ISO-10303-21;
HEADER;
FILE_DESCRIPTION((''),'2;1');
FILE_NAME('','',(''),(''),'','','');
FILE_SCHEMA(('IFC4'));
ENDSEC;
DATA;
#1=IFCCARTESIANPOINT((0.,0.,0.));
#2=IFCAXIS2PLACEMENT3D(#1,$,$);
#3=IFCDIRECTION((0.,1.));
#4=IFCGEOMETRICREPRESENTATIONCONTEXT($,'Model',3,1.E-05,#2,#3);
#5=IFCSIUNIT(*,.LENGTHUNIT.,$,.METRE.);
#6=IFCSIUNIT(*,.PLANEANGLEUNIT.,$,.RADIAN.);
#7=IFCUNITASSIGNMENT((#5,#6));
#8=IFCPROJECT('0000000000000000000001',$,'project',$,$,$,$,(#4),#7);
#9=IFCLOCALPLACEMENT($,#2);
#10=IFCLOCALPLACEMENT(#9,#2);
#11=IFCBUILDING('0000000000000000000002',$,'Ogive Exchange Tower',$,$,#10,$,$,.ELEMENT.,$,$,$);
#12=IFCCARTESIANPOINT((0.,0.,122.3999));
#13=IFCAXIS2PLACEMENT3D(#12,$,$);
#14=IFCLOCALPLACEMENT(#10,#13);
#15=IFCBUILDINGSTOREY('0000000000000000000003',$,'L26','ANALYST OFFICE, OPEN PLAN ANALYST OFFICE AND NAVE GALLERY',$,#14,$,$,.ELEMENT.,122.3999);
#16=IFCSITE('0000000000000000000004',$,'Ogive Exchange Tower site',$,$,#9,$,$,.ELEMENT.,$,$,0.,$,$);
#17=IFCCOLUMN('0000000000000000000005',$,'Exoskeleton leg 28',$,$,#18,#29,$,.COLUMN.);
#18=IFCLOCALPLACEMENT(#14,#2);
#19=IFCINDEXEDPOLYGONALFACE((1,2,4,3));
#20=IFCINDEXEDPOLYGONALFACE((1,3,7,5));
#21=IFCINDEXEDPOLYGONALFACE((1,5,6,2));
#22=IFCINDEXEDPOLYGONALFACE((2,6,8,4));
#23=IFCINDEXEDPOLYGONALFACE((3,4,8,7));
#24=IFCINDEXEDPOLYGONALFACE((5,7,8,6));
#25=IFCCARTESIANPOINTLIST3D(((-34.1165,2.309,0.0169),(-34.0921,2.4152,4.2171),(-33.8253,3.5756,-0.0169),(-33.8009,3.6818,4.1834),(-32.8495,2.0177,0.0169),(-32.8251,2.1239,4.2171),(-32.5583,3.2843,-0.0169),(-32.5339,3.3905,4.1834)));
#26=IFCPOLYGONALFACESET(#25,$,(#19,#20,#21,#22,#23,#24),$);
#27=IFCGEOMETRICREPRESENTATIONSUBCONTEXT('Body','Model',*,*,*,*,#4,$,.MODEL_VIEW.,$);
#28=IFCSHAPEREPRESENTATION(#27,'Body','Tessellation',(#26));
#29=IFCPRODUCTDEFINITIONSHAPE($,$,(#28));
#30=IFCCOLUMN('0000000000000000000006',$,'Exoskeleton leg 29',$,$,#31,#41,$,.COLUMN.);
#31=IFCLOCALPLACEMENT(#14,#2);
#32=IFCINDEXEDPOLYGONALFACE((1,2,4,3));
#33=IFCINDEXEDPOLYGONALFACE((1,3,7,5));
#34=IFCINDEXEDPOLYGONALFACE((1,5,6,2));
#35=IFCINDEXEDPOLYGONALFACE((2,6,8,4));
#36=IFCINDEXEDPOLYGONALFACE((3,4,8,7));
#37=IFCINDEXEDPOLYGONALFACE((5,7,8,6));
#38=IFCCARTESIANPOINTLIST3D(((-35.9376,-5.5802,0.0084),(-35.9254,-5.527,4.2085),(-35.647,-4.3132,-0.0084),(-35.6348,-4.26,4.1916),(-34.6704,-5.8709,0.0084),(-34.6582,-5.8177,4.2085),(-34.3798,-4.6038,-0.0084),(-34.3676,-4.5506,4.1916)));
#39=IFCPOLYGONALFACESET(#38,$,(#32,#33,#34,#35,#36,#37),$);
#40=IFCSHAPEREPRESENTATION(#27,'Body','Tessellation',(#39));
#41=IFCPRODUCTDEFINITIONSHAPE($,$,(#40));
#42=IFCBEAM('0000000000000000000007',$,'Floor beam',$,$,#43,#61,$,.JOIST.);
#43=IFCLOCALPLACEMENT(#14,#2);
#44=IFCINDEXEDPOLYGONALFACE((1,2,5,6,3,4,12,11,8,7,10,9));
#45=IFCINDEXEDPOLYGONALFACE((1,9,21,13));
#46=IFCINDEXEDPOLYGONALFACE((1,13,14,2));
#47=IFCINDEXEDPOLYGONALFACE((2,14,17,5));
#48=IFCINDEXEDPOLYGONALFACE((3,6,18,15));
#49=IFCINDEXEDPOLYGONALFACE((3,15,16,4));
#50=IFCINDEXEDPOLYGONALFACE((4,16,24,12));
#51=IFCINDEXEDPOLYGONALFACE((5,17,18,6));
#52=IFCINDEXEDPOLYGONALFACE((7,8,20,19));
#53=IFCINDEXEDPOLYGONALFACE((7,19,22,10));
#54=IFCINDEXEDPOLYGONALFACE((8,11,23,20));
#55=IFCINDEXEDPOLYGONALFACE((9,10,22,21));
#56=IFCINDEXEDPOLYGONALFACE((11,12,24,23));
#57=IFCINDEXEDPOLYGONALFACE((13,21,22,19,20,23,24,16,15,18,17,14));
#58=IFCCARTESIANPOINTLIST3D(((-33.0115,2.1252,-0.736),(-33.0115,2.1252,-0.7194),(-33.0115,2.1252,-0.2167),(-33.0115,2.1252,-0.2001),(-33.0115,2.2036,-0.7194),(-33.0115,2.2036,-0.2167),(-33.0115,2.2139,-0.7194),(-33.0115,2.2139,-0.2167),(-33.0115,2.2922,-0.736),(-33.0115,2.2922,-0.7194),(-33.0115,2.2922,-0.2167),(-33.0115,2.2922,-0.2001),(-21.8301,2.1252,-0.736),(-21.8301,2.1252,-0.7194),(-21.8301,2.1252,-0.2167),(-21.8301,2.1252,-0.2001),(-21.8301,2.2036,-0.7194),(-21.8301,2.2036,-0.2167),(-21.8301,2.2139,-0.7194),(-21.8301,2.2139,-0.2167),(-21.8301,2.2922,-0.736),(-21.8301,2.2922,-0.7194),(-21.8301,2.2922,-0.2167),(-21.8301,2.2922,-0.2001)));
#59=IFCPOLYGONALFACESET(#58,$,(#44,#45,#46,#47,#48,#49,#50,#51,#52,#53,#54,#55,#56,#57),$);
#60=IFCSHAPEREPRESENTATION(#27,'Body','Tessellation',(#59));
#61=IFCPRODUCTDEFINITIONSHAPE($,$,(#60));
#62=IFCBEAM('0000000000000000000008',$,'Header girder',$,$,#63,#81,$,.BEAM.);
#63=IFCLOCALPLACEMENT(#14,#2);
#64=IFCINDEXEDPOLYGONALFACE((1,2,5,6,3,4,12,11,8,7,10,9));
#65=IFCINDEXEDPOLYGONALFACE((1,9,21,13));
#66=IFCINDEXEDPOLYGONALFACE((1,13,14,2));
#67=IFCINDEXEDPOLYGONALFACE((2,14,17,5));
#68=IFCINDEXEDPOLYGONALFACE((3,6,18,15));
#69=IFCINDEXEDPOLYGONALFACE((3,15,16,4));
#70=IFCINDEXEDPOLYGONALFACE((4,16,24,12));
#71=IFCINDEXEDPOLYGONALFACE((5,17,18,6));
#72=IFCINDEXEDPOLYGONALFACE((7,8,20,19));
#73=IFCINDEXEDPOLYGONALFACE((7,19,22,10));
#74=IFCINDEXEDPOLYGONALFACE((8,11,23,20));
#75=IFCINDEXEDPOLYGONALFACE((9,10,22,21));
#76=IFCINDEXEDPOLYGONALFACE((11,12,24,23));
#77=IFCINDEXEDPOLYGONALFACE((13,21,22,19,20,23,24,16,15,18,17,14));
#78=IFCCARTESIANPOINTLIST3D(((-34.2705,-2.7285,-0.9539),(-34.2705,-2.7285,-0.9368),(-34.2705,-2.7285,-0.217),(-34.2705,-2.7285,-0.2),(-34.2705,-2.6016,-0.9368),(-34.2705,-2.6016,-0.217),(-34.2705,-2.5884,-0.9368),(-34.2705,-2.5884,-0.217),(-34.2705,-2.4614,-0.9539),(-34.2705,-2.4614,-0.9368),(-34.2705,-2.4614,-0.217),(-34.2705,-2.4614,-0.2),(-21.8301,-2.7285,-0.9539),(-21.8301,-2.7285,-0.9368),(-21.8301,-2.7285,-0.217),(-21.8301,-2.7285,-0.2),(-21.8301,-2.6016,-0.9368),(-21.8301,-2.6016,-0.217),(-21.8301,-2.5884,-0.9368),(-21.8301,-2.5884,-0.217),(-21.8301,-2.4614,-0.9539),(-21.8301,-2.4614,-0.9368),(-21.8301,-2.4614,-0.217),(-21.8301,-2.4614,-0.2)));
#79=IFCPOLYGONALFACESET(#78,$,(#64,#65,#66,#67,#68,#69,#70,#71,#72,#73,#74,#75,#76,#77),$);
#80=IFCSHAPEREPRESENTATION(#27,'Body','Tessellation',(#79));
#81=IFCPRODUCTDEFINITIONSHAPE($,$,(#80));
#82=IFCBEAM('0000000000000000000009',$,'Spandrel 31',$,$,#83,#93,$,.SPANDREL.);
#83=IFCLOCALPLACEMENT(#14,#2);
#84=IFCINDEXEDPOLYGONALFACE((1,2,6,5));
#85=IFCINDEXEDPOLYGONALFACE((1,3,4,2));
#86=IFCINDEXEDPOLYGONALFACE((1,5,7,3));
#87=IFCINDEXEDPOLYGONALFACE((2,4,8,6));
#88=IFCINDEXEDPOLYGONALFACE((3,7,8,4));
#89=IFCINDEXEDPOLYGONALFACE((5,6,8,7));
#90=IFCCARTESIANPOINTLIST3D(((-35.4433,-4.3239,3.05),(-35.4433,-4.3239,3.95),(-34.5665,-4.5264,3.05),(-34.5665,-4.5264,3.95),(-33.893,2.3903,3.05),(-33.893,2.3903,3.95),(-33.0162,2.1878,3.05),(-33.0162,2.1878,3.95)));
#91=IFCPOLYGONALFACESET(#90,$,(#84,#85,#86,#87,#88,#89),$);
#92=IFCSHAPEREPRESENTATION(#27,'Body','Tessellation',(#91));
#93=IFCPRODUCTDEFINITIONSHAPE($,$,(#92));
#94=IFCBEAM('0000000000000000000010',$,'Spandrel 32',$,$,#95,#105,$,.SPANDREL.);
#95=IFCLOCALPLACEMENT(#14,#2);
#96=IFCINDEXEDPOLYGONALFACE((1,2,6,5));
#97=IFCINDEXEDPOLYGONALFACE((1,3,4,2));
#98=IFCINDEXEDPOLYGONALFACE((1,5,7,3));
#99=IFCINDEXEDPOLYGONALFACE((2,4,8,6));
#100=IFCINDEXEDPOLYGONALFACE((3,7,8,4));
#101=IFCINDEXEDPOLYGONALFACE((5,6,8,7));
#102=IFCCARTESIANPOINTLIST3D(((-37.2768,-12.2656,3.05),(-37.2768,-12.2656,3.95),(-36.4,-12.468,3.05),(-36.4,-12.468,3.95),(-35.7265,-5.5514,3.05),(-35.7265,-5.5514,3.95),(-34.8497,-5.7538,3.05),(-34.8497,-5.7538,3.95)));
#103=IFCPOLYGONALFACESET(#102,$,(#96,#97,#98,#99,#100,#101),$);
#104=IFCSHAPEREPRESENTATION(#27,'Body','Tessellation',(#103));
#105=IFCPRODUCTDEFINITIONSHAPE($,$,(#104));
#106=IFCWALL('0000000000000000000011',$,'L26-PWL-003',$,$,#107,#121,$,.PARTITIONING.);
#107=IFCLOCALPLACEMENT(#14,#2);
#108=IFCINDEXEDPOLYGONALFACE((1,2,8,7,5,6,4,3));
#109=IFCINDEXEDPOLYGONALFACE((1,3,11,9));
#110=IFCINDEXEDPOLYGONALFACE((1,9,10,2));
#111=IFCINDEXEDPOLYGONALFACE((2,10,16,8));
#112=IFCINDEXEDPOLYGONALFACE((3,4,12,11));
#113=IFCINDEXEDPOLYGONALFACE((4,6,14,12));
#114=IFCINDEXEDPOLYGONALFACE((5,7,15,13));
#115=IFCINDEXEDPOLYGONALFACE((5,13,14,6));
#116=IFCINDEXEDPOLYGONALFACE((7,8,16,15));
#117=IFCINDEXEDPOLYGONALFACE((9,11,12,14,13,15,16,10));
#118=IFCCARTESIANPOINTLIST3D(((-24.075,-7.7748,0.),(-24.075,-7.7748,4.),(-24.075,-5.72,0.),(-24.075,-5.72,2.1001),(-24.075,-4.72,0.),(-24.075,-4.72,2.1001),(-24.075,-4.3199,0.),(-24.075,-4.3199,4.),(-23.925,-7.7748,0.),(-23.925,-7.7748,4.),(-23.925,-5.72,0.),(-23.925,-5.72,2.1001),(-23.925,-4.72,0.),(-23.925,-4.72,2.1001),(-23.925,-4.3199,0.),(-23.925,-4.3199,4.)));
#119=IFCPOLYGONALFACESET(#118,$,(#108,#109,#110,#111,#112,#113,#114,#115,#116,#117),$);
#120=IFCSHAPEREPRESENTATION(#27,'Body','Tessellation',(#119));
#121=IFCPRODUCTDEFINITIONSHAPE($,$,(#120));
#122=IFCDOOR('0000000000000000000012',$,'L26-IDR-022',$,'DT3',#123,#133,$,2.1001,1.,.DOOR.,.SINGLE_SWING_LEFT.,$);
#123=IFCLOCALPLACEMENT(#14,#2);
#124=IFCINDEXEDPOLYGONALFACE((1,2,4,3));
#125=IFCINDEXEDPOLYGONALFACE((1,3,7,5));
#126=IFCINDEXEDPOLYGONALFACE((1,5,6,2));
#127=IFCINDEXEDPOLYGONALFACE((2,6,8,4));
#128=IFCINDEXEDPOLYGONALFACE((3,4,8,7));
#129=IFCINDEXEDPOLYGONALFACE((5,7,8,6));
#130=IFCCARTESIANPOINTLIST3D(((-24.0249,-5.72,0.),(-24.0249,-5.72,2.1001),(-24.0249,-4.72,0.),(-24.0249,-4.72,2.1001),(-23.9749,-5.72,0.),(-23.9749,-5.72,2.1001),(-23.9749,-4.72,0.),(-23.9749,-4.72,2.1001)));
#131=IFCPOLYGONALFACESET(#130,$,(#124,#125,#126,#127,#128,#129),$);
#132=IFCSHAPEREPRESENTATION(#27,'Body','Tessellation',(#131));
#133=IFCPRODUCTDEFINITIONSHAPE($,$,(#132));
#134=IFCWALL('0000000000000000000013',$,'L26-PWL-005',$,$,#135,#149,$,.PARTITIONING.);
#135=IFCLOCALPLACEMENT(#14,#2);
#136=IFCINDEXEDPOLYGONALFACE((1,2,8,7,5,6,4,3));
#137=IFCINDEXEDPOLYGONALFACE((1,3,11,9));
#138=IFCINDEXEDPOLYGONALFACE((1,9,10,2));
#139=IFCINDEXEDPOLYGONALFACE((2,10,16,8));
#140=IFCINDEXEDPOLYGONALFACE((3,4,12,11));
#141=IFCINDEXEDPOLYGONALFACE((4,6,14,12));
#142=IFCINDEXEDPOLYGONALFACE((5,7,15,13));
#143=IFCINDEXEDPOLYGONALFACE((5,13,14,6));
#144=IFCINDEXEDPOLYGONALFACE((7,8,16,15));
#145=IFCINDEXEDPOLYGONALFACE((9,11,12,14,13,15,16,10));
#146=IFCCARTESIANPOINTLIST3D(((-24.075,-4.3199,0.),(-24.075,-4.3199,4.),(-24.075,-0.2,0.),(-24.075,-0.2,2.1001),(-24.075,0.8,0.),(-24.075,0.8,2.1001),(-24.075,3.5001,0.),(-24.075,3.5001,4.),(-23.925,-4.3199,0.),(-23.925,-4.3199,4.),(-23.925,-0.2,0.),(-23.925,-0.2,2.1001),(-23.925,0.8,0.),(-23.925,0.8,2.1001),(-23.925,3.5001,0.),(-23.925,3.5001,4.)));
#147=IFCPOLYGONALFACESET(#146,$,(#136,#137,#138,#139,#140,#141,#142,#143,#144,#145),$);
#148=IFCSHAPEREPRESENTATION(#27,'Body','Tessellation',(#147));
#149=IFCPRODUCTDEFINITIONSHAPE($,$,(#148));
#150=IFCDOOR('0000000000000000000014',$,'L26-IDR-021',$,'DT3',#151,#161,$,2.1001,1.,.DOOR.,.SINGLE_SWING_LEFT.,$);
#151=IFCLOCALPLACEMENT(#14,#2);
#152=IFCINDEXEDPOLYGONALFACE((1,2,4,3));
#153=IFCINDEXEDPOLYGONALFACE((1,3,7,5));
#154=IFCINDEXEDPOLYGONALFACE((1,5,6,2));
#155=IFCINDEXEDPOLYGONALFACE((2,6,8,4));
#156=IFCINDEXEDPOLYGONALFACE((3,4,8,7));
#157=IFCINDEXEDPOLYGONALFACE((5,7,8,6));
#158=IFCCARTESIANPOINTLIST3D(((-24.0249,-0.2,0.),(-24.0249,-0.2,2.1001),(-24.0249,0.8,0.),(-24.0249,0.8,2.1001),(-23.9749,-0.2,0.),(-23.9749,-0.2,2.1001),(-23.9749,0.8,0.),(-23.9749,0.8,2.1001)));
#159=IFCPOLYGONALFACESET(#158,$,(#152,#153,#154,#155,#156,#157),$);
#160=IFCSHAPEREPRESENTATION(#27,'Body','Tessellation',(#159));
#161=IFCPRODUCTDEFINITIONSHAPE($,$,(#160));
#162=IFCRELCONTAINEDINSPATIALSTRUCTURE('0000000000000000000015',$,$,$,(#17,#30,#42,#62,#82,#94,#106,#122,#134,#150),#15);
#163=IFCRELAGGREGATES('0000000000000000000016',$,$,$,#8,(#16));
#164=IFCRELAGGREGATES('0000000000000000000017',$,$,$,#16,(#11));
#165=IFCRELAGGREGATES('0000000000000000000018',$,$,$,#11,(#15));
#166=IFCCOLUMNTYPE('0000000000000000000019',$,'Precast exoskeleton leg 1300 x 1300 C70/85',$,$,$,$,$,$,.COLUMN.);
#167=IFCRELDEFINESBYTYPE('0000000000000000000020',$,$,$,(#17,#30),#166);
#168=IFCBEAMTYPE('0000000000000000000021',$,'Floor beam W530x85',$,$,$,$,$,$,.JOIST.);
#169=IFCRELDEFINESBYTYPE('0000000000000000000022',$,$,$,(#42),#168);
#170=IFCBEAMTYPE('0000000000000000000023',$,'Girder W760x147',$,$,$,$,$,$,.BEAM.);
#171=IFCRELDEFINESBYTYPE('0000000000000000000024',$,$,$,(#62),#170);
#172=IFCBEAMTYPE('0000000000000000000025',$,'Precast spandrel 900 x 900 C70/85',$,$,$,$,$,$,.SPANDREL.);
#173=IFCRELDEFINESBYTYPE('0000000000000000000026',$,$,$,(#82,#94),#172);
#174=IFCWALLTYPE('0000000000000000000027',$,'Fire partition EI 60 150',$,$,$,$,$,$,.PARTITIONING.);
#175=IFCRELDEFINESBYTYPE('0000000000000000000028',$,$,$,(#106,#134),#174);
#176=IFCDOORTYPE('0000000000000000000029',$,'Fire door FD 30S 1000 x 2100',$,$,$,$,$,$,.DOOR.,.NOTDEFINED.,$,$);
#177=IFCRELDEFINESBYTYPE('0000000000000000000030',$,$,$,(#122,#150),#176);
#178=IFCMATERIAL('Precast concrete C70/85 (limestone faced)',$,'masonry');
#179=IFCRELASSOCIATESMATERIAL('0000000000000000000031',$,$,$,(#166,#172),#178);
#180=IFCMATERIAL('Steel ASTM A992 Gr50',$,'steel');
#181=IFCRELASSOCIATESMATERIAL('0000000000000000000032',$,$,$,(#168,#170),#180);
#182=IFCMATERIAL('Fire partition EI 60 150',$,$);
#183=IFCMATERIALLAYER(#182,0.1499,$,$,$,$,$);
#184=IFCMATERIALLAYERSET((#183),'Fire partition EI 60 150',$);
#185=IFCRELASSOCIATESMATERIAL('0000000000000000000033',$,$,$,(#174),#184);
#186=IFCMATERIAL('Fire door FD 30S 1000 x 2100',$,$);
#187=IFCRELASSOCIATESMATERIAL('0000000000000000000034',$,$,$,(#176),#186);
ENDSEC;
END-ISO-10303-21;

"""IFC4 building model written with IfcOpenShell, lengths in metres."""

from ifc_helpers import new_model, si_unit, direction, frame, frame_2d, origin, origin_2d, place, context, subcontext, project, spatial, rectangle, i_section, extrude, material, layer, layer_set, material_profile, profile_set, type_object, element, fill, save


model = new_model("IFC4")

# Units and contexts
model_context = context("Model", 3, precision=1e-05, world=origin(), true_north=direction((0.0, 1.0)))
body_context = subcontext(model_context, "Body", "Model", "MODEL_VIEW")
ifc_project = project(units=[si_unit("LENGTHUNIT", "METRE"), si_unit("PLANEANGLEUNIT", "RADIAN")], contexts=[model_context])

# Site, building, storey
site_placement = place(None, origin())
site = spatial("IfcSite", under=ifc_project, at=site_placement, Name="Ogive Exchange Tower site", CompositionType="ELEMENT", RefElevation=0.0)
building_placement = place(site_placement, origin())
building = spatial("IfcBuilding", under=site, at=building_placement, Name="Ogive Exchange Tower", CompositionType="ELEMENT")
storey_placement = place(building_placement, frame((0.0, 0.0, 122.3999)))
storey = spatial("IfcBuildingStorey", under=building, at=storey_placement, Name="L26", Description="ANALYST OFFICE, OPEN PLAN ANALYST OFFICE AND NAVE GALLERY", CompositionType="ELEMENT", Elevation=122.3999)

# Columns
ifc_material_1 = material(Name="Precast concrete C70/85 (limestone faced)", Category="masonry")
ifc_material_profile_1 = material_profile(ifc_material_1, rectangle(XDim=1.3, YDim=1.3, at=origin_2d()), Name="1300 x 1300")
ifc_profile_set_1 = profile_set([ifc_material_profile_1], Name="Precast concrete C70/85 (limestone faced)")
column_type = type_object("IfcColumnType", Name="Precast exoskeleton leg 1300 x 1300 C70/85", PredefinedType="COLUMN", material=ifc_profile_set_1)
column_1_placement = place(storey_placement, frame((-33.3374, 2.7966, 0.0), z_axis=(0.005811, 0.025276, 0.999664), x_axis=(-0.97458, 0.224041, 0.0)))
element("IfcColumn", 1, at=column_1_placement, inside=storey, type_object=column_type, Name="Exoskeleton leg 28", PredefinedType="COLUMN", context=body_context, shape_type="SweptSolid", body=[
    extrude(rectangle(XDim=1.3, YDim=1.3, at=origin_2d()), origin(), (0.0, 0.0, 1.0), 4.2017),
])
column_2_placement = place(storey_placement, frame((-35.1587, -5.092, 0.0), z_axis=(0.002906, 0.01267, 0.999916), x_axis=(-0.974692, 0.223553, 0.0)))
element("IfcColumn", 2, at=column_2_placement, inside=storey, type_object=column_type, Name="Exoskeleton leg 29", PredefinedType="COLUMN", context=body_context, shape_type="SweptSolid", body=[
    extrude(rectangle(XDim=1.3, YDim=1.3, at=origin_2d()), origin(), (0.0, 0.0, 1.0), 4.2004),
])

# Beams
ifc_material_2 = material(Name="Steel ASTM A992 Gr50", Category="steel")
ifc_material_profile_2 = material_profile(ifc_material_2, i_section(OverallWidth=0.167, OverallDepth=0.5359, WebThickness=0.0103, FlangeThickness=0.0166, at=origin_2d()), Name="W530x85")
ifc_profile_set_2 = profile_set([ifc_material_profile_2], Name="Steel ASTM A992 Gr50")
beam_type_1 = type_object("IfcBeamType", Name="Floor beam W530x85", PredefinedType="JOIST", material=ifc_profile_set_2)
beam_1_placement = place(storey_placement, frame((-33.0115, 2.2087, -0.468), z_axis=(1.0, 0.0, 0.0), x_axis=(0.0, 1.0, 0.0)))
element("IfcBeam", 3, at=beam_1_placement, inside=storey, type_object=beam_type_1, Name="Floor beam", PredefinedType="JOIST", context=body_context, shape_type="SweptSolid", body=[
    extrude(i_section(OverallWidth=0.167, OverallDepth=0.5359, WebThickness=0.0103, FlangeThickness=0.0166, at=origin_2d()), origin(), (0.0, 0.0, 1.0), 11.1814),
])
ifc_material_profile_3 = material_profile(ifc_material_2, i_section(OverallWidth=0.2671, OverallDepth=0.7539, WebThickness=0.0132, FlangeThickness=0.0171, at=origin_2d()), Name="W760x147")
ifc_profile_set_3 = profile_set([ifc_material_profile_3], Name="Steel ASTM A992 Gr50")
beam_type_2 = type_object("IfcBeamType", Name="Girder W760x147", PredefinedType="BEAM", material=ifc_profile_set_3)
beam_2_placement = place(storey_placement, frame((-34.2705, -2.595, -0.5769), z_axis=(1.0, 0.0, 0.0), x_axis=(0.0, 1.0, 0.0)))
element("IfcBeam", 4, at=beam_2_placement, inside=storey, type_object=beam_type_2, Name="Header girder", PredefinedType="BEAM", context=body_context, shape_type="SweptSolid", body=[
    extrude(i_section(OverallWidth=0.2671, OverallDepth=0.7539, WebThickness=0.0132, FlangeThickness=0.0171, at=origin_2d()), origin(), (0.0, 0.0, 1.0), 12.4404),
])
ifc_material_profile_4 = material_profile(ifc_material_1, rectangle(XDim=0.8999, YDim=0.8999, at=origin_2d()), Name="900 x 900")
ifc_profile_set_4 = profile_set([ifc_material_profile_4], Name="Precast concrete C70/85 (limestone faced)")
beam_type_3 = type_object("IfcBeamType", Name="Precast spandrel 900 x 900 C70/85", PredefinedType="SPANDREL", material=ifc_profile_set_4)
for number, where, z_axis, x_axis, name in (
    (5, (-33.4546, 2.2891, 3.5), (-0.224981, -0.974363, 0.0), (0.974363, -0.224981, 0.0), "Spandrel 31"),
    (6, (-35.2881, -5.6526, 3.5), (-0.224981, -0.974363, 0.0), (0.974363, -0.224981, 0.0), "Spandrel 32"),
):
    element("IfcBeam", number, at=place(storey_placement, frame(where, z_axis=z_axis, x_axis=x_axis)), inside=storey, type_object=beam_type_3, Name=name, PredefinedType="SPANDREL", context=body_context, shape_type="SweptSolid", body=[
        extrude(rectangle(XDim=0.8999, YDim=0.8999, at=origin_2d()), origin(), (0.0, 0.0, 1.0), 6.8909),
    ])

# Walls, openings, doors
ifc_material_3 = material(Name="Fire partition EI 60 150")
ifc_layer_1 = layer(ifc_material_3, 0.1499)
ifc_layer_set_1 = layer_set([ifc_layer_1], Name="Fire partition EI 60 150")
wall_type_1 = type_object("IfcWallType", Name="Fire partition EI 60 150", PredefinedType="PARTITIONING", material=ifc_layer_set_1)
wall_1_placement = place(storey_placement, frame((-24.0, -7.7749, 0.0), z_axis=(0.0, 0.0, 1.0), x_axis=(0.0, 1.0, 0.0)))
wall_1 = element("IfcWall", 7, at=wall_1_placement, inside=storey, type_object=wall_type_1, Name="L26-PWL-003", PredefinedType="PARTITIONING", context=body_context, shape_type="SweptSolid", body=[
    extrude(rectangle(XDim=3.4548, YDim=0.1499, at=frame_2d((1.7275, 0.0))), origin(), (0.0, 0.0, 1.0), 4.0),
])
opening_1_placement = place(wall_1_placement, frame((2.0549, 0.0, 0.0)))
opening_1 = element("IfcOpeningElement", 8, at=opening_1_placement, cuts=wall_1, PredefinedType="OPENING", context=body_context, shape_type="SweptSolid", body=[
    extrude(rectangle(XDim=1.0, YDim=2.1001, at=frame_2d((0.5, 1.05))), frame((0.0, 0.085, 0.0), z_axis=(0.0, -1.0, 0.0), x_axis=(1.0, 0.0, 0.0)), (0.0, 0.0, 1.0), 0.1699),
])
ifc_material_4 = material(Name="Fire door FD 30S 1000 x 2100")
door_type_1 = type_object("IfcDoorType", Name="Fire door FD 30S 1000 x 2100", OperationType="NOTDEFINED", PredefinedType="DOOR", material=ifc_material_4)
door_1_placement = place(opening_1_placement, origin())
door_1 = element("IfcDoor", 9, at=door_1_placement, inside=storey, type_object=door_type_1, Name="L26-IDR-022", ObjectType="DT3", OperationType="SINGLE_SWING_LEFT", OverallHeight=2.1001, OverallWidth=1.0, PredefinedType="DOOR", context=body_context, shape_type="SweptSolid", body=[
    extrude(rectangle(XDim=1.0, YDim=2.1001, at=frame_2d((0.5, 1.05))), frame((0.0, 0.0249, 0.0), z_axis=(0.0, -1.0, 0.0), x_axis=(1.0, 0.0, 0.0)), (0.0, 0.0, 1.0), 0.05),
])
fill(opening_1, door_1)
wall_2_placement = place(storey_placement, frame((-24.0, -4.3201, 0.0), z_axis=(0.0, 0.0, 1.0), x_axis=(0.0, 1.0, 0.0)))
wall_2 = element("IfcWall", 10, at=wall_2_placement, inside=storey, type_object=wall_type_1, Name="L26-PWL-005", PredefinedType="PARTITIONING", context=body_context, shape_type="SweptSolid", body=[
    extrude(rectangle(XDim=7.8201, YDim=0.1499, at=frame_2d((3.9102, 0.0))), origin(), (0.0, 0.0, 1.0), 4.0),
])
opening_2_placement = place(wall_2_placement, frame((4.1201, 0.0, 0.0)))
opening_2 = element("IfcOpeningElement", 11, at=opening_2_placement, cuts=wall_2, PredefinedType="OPENING", context=body_context, shape_type="SweptSolid", body=[
    extrude(rectangle(XDim=1.0, YDim=2.1001, at=frame_2d((0.5, 1.05))), frame((0.0, 0.085, 0.0), z_axis=(0.0, -1.0, 0.0), x_axis=(1.0, 0.0, 0.0)), (0.0, 0.0, 1.0), 0.1699),
])
door_2_placement = place(opening_2_placement, origin())
door_2 = element("IfcDoor", 12, at=door_2_placement, inside=storey, type_object=door_type_1, Name="L26-IDR-021", ObjectType="DT3", OperationType="SINGLE_SWING_LEFT", OverallHeight=2.1001, OverallWidth=1.0, PredefinedType="DOOR", context=body_context, shape_type="SweptSolid", body=[
    extrude(rectangle(XDim=1.0, YDim=2.1001, at=frame_2d((0.5, 1.05))), frame((0.0, 0.0249, 0.0), z_axis=(0.0, -1.0, 0.0), x_axis=(1.0, 0.0, 0.0)), (0.0, 0.0, 1.0), 0.05),
])
fill(opening_2, door_2)

save(model, "model.ifc")
